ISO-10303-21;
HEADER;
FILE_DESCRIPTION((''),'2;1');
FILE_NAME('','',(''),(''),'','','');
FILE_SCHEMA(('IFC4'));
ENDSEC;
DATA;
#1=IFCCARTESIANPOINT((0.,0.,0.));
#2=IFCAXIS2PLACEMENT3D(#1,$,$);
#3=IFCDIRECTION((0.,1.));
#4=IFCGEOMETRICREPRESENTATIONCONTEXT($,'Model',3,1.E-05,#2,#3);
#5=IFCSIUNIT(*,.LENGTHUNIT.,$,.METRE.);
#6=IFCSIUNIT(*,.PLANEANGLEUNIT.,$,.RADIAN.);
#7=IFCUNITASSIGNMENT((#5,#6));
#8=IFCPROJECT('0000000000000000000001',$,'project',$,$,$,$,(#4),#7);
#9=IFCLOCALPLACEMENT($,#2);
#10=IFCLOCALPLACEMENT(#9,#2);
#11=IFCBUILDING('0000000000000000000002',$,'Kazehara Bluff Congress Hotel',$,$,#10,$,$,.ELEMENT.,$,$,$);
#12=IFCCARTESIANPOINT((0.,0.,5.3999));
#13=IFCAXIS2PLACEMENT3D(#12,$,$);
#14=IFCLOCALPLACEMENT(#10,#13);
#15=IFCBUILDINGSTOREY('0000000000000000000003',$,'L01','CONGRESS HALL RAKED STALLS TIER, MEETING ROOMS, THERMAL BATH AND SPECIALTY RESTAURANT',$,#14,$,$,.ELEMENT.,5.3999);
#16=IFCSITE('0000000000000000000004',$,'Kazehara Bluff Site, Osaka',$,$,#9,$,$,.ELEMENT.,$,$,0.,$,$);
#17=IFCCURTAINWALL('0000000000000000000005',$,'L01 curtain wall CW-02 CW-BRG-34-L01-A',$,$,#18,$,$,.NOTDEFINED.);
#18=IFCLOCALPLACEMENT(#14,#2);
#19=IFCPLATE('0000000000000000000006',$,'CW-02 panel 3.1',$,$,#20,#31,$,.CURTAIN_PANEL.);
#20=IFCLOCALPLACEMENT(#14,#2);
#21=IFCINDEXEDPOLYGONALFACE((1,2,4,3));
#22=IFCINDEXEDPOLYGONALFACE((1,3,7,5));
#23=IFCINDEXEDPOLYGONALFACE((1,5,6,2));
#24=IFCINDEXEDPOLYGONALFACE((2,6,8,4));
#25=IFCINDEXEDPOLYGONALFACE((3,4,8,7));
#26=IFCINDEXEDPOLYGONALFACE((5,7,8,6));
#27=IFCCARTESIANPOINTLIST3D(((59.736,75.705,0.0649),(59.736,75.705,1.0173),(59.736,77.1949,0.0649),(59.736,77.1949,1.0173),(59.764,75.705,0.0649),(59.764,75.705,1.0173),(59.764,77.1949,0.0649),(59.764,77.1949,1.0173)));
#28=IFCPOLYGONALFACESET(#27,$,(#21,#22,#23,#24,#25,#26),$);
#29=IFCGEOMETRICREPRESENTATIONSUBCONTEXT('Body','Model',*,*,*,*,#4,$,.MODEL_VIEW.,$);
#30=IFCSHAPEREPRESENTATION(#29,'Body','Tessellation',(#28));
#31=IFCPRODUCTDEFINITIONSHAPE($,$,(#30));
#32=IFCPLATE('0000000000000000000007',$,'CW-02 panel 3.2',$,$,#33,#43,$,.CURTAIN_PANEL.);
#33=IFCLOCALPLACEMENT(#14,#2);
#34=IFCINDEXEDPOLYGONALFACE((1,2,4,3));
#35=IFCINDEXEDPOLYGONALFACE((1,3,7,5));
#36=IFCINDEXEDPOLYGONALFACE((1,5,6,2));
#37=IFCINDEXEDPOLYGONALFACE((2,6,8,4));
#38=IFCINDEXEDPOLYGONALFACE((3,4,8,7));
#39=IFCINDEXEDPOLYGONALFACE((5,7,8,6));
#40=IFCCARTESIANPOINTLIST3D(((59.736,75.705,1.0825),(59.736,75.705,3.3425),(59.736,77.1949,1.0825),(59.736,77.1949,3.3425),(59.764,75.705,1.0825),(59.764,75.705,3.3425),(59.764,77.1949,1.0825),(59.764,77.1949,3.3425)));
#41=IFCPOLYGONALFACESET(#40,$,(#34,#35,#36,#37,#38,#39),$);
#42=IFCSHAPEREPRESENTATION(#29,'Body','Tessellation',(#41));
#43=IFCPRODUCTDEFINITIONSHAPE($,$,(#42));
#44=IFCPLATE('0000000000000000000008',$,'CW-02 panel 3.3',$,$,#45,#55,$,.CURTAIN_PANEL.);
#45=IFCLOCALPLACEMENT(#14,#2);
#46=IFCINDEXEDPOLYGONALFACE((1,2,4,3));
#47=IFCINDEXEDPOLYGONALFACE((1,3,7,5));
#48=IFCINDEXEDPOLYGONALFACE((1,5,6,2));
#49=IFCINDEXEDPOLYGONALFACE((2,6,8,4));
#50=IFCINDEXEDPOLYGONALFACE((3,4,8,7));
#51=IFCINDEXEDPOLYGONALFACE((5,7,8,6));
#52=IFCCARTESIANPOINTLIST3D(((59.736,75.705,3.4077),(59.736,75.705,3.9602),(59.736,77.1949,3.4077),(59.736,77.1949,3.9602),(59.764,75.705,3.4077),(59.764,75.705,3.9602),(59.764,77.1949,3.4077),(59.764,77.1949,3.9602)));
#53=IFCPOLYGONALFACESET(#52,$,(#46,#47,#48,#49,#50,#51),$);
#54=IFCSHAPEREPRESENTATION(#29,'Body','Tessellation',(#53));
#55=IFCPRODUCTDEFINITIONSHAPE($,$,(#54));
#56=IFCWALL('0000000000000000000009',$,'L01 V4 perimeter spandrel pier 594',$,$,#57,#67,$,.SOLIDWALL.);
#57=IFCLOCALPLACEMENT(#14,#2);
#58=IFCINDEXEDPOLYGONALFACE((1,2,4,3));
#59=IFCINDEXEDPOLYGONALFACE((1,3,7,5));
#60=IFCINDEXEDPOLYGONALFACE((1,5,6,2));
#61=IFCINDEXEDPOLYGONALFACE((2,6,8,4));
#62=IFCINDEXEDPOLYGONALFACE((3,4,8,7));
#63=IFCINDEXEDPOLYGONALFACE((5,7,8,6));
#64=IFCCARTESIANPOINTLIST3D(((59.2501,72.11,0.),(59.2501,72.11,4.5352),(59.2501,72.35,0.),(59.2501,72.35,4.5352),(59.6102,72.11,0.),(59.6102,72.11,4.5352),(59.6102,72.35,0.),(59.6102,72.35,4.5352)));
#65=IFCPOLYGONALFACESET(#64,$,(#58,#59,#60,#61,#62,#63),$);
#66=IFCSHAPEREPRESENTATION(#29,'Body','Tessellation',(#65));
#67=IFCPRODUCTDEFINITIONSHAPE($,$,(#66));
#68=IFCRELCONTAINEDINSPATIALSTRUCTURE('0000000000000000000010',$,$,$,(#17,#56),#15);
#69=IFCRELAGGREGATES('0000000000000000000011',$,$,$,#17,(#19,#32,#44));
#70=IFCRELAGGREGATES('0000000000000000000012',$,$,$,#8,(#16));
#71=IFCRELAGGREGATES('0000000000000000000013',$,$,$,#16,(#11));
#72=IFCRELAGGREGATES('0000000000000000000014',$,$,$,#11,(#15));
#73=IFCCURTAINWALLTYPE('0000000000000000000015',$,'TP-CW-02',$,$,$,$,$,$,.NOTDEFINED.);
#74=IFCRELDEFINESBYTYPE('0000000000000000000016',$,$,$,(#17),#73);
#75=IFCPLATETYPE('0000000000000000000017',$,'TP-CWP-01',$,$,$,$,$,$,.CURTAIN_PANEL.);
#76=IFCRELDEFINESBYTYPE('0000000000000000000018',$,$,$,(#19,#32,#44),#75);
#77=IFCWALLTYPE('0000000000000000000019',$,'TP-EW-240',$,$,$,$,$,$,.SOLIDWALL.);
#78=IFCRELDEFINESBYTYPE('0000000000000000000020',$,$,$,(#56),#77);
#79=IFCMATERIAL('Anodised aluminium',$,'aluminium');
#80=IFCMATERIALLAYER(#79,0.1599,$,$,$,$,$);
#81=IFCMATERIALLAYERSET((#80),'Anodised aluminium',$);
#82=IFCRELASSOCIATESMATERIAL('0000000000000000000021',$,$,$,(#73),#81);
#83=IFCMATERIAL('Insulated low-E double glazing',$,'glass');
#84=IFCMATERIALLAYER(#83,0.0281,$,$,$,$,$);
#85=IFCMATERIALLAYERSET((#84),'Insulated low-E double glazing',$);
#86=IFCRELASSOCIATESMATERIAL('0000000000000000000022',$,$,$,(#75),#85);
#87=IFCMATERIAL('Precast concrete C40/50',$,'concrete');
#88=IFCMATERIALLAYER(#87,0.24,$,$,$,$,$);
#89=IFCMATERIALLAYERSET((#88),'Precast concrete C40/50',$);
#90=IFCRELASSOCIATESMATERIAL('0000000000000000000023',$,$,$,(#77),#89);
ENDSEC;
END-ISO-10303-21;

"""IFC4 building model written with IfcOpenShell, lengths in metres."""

from ifc_helpers import new_model, si_unit, direction, frame, frame_2d, origin, origin_2d, place, context, subcontext, project, spatial, rectangle, extrude, material, layer, layer_set, type_object, element, aggregate, save


model = new_model("IFC4")

# Units and contexts
model_context = context("Model", 3, precision=1e-05, world=origin(), true_north=direction((0.0, 1.0)))
body_context = subcontext(model_context, "Body", "Model", "MODEL_VIEW")
ifc_project = project(units=[si_unit("LENGTHUNIT", "METRE"), si_unit("PLANEANGLEUNIT", "RADIAN")], contexts=[model_context])

# Site, building, storey
site_placement = place(None, origin())
site = spatial("IfcSite", under=ifc_project, at=site_placement, Name="Kazehara Bluff Site, Osaka", CompositionType="ELEMENT", RefElevation=0.0)
building_placement = place(site_placement, origin())
building = spatial("IfcBuilding", under=site, at=building_placement, Name="Kazehara Bluff Congress Hotel", CompositionType="ELEMENT")
storey_placement = place(building_placement, frame((0.0, 0.0, 5.3999)))
storey = spatial("IfcBuildingStorey", under=building, at=storey_placement, Name="L01", Description="CONGRESS HALL RAKED STALLS TIER, MEETING ROOMS, THERMAL BATH AND SPECIALTY RESTAURANT", CompositionType="ELEMENT", Elevation=5.3999)

# Curtain wall
ifc_material_1 = material(Name="Anodised aluminium", Category="aluminium")
ifc_layer_1 = layer(ifc_material_1, 0.1599)
ifc_layer_set_1 = layer_set([ifc_layer_1], Name="Anodised aluminium")
curtain_wall_type = type_object("IfcCurtainWallType", Name="TP-CW-02", PredefinedType="NOTDEFINED", material=ifc_layer_set_1)
curtain_wall_placement = place(storey_placement, origin())
curtain_wall = element("IfcCurtainWall", 1, at=curtain_wall_placement, inside=storey, type_object=curtain_wall_type, Name="L01 curtain wall CW-02 CW-BRG-34-L01-A", PredefinedType="NOTDEFINED")

# Plates
ifc_material_2 = material(Name="Insulated low-E double glazing", Category="glass")
ifc_layer_2 = layer(ifc_material_2, 0.0281)
ifc_layer_set_2 = layer_set([ifc_layer_2], Name="Insulated low-E double glazing")
plate_type = type_object("IfcPlateType", Name="TP-CWP-01", PredefinedType="CURTAIN_PANEL", material=ifc_layer_set_2)
plate_1_placement = place(storey_placement, frame((59.75, 76.45, 0.0649), z_axis=(0.0, 0.0, 1.0), x_axis=(0.0, 1.0, 0.0)))
plate_1 = element("IfcPlate", 2, at=plate_1_placement, type_object=plate_type, Name="CW-02 panel 3.1", PredefinedType="CURTAIN_PANEL", context=body_context, shape_type="SweptSolid", body=[
    extrude(rectangle(XDim=1.49, YDim=0.0281, at=origin_2d()), origin(), (0.0, 0.0, 1.0), 0.9524),
])
plate_2_placement = place(storey_placement, frame((59.75, 76.45, 1.0825), z_axis=(0.0, 0.0, 1.0), x_axis=(0.0, 1.0, 0.0)))
plate_2 = element("IfcPlate", 3, at=plate_2_placement, type_object=plate_type, Name="CW-02 panel 3.2", PredefinedType="CURTAIN_PANEL", context=body_context, shape_type="SweptSolid", body=[
    extrude(rectangle(XDim=1.49, YDim=0.0281, at=origin_2d()), origin(), (0.0, 0.0, 1.0), 2.26),
])
plate_3_placement = place(storey_placement, frame((59.75, 76.45, 3.4077), z_axis=(0.0, 0.0, 1.0), x_axis=(0.0, 1.0, 0.0)))
plate_3 = element("IfcPlate", 4, at=plate_3_placement, type_object=plate_type, Name="CW-02 panel 3.3", PredefinedType="CURTAIN_PANEL", context=body_context, shape_type="SweptSolid", body=[
    extrude(rectangle(XDim=1.49, YDim=0.0281, at=origin_2d()), origin(), (0.0, 0.0, 1.0), 0.5525),
])
aggregate(curtain_wall, [plate_1, plate_2, plate_3])

# Wall
ifc_material_3 = material(Name="Precast concrete C40/50", Category="concrete")
ifc_layer_3 = layer(ifc_material_3, 0.24)
ifc_layer_set_3 = layer_set([ifc_layer_3], Name="Precast concrete C40/50")
wall_type = type_object("IfcWallType", Name="TP-EW-240", PredefinedType="SOLIDWALL", material=ifc_layer_set_3)
wall_placement = place(storey_placement, frame((59.25, 72.23, 0.0), z_axis=(0.0, 0.0, 1.0), x_axis=(1.0, 0.0, 0.0)))
element("IfcWall", 5, at=wall_placement, inside=storey, type_object=wall_type, Name="L01 V4 perimeter spandrel pier 594", PredefinedType="SOLIDWALL", context=body_context, shape_type="SweptSolid", body=[
    extrude(rectangle(XDim=0.3601, YDim=0.24, at=frame_2d((0.1802, 0.0))), origin(), (0.0, 0.0, 1.0), 4.5352),
])

save(model, "model.ifc")
